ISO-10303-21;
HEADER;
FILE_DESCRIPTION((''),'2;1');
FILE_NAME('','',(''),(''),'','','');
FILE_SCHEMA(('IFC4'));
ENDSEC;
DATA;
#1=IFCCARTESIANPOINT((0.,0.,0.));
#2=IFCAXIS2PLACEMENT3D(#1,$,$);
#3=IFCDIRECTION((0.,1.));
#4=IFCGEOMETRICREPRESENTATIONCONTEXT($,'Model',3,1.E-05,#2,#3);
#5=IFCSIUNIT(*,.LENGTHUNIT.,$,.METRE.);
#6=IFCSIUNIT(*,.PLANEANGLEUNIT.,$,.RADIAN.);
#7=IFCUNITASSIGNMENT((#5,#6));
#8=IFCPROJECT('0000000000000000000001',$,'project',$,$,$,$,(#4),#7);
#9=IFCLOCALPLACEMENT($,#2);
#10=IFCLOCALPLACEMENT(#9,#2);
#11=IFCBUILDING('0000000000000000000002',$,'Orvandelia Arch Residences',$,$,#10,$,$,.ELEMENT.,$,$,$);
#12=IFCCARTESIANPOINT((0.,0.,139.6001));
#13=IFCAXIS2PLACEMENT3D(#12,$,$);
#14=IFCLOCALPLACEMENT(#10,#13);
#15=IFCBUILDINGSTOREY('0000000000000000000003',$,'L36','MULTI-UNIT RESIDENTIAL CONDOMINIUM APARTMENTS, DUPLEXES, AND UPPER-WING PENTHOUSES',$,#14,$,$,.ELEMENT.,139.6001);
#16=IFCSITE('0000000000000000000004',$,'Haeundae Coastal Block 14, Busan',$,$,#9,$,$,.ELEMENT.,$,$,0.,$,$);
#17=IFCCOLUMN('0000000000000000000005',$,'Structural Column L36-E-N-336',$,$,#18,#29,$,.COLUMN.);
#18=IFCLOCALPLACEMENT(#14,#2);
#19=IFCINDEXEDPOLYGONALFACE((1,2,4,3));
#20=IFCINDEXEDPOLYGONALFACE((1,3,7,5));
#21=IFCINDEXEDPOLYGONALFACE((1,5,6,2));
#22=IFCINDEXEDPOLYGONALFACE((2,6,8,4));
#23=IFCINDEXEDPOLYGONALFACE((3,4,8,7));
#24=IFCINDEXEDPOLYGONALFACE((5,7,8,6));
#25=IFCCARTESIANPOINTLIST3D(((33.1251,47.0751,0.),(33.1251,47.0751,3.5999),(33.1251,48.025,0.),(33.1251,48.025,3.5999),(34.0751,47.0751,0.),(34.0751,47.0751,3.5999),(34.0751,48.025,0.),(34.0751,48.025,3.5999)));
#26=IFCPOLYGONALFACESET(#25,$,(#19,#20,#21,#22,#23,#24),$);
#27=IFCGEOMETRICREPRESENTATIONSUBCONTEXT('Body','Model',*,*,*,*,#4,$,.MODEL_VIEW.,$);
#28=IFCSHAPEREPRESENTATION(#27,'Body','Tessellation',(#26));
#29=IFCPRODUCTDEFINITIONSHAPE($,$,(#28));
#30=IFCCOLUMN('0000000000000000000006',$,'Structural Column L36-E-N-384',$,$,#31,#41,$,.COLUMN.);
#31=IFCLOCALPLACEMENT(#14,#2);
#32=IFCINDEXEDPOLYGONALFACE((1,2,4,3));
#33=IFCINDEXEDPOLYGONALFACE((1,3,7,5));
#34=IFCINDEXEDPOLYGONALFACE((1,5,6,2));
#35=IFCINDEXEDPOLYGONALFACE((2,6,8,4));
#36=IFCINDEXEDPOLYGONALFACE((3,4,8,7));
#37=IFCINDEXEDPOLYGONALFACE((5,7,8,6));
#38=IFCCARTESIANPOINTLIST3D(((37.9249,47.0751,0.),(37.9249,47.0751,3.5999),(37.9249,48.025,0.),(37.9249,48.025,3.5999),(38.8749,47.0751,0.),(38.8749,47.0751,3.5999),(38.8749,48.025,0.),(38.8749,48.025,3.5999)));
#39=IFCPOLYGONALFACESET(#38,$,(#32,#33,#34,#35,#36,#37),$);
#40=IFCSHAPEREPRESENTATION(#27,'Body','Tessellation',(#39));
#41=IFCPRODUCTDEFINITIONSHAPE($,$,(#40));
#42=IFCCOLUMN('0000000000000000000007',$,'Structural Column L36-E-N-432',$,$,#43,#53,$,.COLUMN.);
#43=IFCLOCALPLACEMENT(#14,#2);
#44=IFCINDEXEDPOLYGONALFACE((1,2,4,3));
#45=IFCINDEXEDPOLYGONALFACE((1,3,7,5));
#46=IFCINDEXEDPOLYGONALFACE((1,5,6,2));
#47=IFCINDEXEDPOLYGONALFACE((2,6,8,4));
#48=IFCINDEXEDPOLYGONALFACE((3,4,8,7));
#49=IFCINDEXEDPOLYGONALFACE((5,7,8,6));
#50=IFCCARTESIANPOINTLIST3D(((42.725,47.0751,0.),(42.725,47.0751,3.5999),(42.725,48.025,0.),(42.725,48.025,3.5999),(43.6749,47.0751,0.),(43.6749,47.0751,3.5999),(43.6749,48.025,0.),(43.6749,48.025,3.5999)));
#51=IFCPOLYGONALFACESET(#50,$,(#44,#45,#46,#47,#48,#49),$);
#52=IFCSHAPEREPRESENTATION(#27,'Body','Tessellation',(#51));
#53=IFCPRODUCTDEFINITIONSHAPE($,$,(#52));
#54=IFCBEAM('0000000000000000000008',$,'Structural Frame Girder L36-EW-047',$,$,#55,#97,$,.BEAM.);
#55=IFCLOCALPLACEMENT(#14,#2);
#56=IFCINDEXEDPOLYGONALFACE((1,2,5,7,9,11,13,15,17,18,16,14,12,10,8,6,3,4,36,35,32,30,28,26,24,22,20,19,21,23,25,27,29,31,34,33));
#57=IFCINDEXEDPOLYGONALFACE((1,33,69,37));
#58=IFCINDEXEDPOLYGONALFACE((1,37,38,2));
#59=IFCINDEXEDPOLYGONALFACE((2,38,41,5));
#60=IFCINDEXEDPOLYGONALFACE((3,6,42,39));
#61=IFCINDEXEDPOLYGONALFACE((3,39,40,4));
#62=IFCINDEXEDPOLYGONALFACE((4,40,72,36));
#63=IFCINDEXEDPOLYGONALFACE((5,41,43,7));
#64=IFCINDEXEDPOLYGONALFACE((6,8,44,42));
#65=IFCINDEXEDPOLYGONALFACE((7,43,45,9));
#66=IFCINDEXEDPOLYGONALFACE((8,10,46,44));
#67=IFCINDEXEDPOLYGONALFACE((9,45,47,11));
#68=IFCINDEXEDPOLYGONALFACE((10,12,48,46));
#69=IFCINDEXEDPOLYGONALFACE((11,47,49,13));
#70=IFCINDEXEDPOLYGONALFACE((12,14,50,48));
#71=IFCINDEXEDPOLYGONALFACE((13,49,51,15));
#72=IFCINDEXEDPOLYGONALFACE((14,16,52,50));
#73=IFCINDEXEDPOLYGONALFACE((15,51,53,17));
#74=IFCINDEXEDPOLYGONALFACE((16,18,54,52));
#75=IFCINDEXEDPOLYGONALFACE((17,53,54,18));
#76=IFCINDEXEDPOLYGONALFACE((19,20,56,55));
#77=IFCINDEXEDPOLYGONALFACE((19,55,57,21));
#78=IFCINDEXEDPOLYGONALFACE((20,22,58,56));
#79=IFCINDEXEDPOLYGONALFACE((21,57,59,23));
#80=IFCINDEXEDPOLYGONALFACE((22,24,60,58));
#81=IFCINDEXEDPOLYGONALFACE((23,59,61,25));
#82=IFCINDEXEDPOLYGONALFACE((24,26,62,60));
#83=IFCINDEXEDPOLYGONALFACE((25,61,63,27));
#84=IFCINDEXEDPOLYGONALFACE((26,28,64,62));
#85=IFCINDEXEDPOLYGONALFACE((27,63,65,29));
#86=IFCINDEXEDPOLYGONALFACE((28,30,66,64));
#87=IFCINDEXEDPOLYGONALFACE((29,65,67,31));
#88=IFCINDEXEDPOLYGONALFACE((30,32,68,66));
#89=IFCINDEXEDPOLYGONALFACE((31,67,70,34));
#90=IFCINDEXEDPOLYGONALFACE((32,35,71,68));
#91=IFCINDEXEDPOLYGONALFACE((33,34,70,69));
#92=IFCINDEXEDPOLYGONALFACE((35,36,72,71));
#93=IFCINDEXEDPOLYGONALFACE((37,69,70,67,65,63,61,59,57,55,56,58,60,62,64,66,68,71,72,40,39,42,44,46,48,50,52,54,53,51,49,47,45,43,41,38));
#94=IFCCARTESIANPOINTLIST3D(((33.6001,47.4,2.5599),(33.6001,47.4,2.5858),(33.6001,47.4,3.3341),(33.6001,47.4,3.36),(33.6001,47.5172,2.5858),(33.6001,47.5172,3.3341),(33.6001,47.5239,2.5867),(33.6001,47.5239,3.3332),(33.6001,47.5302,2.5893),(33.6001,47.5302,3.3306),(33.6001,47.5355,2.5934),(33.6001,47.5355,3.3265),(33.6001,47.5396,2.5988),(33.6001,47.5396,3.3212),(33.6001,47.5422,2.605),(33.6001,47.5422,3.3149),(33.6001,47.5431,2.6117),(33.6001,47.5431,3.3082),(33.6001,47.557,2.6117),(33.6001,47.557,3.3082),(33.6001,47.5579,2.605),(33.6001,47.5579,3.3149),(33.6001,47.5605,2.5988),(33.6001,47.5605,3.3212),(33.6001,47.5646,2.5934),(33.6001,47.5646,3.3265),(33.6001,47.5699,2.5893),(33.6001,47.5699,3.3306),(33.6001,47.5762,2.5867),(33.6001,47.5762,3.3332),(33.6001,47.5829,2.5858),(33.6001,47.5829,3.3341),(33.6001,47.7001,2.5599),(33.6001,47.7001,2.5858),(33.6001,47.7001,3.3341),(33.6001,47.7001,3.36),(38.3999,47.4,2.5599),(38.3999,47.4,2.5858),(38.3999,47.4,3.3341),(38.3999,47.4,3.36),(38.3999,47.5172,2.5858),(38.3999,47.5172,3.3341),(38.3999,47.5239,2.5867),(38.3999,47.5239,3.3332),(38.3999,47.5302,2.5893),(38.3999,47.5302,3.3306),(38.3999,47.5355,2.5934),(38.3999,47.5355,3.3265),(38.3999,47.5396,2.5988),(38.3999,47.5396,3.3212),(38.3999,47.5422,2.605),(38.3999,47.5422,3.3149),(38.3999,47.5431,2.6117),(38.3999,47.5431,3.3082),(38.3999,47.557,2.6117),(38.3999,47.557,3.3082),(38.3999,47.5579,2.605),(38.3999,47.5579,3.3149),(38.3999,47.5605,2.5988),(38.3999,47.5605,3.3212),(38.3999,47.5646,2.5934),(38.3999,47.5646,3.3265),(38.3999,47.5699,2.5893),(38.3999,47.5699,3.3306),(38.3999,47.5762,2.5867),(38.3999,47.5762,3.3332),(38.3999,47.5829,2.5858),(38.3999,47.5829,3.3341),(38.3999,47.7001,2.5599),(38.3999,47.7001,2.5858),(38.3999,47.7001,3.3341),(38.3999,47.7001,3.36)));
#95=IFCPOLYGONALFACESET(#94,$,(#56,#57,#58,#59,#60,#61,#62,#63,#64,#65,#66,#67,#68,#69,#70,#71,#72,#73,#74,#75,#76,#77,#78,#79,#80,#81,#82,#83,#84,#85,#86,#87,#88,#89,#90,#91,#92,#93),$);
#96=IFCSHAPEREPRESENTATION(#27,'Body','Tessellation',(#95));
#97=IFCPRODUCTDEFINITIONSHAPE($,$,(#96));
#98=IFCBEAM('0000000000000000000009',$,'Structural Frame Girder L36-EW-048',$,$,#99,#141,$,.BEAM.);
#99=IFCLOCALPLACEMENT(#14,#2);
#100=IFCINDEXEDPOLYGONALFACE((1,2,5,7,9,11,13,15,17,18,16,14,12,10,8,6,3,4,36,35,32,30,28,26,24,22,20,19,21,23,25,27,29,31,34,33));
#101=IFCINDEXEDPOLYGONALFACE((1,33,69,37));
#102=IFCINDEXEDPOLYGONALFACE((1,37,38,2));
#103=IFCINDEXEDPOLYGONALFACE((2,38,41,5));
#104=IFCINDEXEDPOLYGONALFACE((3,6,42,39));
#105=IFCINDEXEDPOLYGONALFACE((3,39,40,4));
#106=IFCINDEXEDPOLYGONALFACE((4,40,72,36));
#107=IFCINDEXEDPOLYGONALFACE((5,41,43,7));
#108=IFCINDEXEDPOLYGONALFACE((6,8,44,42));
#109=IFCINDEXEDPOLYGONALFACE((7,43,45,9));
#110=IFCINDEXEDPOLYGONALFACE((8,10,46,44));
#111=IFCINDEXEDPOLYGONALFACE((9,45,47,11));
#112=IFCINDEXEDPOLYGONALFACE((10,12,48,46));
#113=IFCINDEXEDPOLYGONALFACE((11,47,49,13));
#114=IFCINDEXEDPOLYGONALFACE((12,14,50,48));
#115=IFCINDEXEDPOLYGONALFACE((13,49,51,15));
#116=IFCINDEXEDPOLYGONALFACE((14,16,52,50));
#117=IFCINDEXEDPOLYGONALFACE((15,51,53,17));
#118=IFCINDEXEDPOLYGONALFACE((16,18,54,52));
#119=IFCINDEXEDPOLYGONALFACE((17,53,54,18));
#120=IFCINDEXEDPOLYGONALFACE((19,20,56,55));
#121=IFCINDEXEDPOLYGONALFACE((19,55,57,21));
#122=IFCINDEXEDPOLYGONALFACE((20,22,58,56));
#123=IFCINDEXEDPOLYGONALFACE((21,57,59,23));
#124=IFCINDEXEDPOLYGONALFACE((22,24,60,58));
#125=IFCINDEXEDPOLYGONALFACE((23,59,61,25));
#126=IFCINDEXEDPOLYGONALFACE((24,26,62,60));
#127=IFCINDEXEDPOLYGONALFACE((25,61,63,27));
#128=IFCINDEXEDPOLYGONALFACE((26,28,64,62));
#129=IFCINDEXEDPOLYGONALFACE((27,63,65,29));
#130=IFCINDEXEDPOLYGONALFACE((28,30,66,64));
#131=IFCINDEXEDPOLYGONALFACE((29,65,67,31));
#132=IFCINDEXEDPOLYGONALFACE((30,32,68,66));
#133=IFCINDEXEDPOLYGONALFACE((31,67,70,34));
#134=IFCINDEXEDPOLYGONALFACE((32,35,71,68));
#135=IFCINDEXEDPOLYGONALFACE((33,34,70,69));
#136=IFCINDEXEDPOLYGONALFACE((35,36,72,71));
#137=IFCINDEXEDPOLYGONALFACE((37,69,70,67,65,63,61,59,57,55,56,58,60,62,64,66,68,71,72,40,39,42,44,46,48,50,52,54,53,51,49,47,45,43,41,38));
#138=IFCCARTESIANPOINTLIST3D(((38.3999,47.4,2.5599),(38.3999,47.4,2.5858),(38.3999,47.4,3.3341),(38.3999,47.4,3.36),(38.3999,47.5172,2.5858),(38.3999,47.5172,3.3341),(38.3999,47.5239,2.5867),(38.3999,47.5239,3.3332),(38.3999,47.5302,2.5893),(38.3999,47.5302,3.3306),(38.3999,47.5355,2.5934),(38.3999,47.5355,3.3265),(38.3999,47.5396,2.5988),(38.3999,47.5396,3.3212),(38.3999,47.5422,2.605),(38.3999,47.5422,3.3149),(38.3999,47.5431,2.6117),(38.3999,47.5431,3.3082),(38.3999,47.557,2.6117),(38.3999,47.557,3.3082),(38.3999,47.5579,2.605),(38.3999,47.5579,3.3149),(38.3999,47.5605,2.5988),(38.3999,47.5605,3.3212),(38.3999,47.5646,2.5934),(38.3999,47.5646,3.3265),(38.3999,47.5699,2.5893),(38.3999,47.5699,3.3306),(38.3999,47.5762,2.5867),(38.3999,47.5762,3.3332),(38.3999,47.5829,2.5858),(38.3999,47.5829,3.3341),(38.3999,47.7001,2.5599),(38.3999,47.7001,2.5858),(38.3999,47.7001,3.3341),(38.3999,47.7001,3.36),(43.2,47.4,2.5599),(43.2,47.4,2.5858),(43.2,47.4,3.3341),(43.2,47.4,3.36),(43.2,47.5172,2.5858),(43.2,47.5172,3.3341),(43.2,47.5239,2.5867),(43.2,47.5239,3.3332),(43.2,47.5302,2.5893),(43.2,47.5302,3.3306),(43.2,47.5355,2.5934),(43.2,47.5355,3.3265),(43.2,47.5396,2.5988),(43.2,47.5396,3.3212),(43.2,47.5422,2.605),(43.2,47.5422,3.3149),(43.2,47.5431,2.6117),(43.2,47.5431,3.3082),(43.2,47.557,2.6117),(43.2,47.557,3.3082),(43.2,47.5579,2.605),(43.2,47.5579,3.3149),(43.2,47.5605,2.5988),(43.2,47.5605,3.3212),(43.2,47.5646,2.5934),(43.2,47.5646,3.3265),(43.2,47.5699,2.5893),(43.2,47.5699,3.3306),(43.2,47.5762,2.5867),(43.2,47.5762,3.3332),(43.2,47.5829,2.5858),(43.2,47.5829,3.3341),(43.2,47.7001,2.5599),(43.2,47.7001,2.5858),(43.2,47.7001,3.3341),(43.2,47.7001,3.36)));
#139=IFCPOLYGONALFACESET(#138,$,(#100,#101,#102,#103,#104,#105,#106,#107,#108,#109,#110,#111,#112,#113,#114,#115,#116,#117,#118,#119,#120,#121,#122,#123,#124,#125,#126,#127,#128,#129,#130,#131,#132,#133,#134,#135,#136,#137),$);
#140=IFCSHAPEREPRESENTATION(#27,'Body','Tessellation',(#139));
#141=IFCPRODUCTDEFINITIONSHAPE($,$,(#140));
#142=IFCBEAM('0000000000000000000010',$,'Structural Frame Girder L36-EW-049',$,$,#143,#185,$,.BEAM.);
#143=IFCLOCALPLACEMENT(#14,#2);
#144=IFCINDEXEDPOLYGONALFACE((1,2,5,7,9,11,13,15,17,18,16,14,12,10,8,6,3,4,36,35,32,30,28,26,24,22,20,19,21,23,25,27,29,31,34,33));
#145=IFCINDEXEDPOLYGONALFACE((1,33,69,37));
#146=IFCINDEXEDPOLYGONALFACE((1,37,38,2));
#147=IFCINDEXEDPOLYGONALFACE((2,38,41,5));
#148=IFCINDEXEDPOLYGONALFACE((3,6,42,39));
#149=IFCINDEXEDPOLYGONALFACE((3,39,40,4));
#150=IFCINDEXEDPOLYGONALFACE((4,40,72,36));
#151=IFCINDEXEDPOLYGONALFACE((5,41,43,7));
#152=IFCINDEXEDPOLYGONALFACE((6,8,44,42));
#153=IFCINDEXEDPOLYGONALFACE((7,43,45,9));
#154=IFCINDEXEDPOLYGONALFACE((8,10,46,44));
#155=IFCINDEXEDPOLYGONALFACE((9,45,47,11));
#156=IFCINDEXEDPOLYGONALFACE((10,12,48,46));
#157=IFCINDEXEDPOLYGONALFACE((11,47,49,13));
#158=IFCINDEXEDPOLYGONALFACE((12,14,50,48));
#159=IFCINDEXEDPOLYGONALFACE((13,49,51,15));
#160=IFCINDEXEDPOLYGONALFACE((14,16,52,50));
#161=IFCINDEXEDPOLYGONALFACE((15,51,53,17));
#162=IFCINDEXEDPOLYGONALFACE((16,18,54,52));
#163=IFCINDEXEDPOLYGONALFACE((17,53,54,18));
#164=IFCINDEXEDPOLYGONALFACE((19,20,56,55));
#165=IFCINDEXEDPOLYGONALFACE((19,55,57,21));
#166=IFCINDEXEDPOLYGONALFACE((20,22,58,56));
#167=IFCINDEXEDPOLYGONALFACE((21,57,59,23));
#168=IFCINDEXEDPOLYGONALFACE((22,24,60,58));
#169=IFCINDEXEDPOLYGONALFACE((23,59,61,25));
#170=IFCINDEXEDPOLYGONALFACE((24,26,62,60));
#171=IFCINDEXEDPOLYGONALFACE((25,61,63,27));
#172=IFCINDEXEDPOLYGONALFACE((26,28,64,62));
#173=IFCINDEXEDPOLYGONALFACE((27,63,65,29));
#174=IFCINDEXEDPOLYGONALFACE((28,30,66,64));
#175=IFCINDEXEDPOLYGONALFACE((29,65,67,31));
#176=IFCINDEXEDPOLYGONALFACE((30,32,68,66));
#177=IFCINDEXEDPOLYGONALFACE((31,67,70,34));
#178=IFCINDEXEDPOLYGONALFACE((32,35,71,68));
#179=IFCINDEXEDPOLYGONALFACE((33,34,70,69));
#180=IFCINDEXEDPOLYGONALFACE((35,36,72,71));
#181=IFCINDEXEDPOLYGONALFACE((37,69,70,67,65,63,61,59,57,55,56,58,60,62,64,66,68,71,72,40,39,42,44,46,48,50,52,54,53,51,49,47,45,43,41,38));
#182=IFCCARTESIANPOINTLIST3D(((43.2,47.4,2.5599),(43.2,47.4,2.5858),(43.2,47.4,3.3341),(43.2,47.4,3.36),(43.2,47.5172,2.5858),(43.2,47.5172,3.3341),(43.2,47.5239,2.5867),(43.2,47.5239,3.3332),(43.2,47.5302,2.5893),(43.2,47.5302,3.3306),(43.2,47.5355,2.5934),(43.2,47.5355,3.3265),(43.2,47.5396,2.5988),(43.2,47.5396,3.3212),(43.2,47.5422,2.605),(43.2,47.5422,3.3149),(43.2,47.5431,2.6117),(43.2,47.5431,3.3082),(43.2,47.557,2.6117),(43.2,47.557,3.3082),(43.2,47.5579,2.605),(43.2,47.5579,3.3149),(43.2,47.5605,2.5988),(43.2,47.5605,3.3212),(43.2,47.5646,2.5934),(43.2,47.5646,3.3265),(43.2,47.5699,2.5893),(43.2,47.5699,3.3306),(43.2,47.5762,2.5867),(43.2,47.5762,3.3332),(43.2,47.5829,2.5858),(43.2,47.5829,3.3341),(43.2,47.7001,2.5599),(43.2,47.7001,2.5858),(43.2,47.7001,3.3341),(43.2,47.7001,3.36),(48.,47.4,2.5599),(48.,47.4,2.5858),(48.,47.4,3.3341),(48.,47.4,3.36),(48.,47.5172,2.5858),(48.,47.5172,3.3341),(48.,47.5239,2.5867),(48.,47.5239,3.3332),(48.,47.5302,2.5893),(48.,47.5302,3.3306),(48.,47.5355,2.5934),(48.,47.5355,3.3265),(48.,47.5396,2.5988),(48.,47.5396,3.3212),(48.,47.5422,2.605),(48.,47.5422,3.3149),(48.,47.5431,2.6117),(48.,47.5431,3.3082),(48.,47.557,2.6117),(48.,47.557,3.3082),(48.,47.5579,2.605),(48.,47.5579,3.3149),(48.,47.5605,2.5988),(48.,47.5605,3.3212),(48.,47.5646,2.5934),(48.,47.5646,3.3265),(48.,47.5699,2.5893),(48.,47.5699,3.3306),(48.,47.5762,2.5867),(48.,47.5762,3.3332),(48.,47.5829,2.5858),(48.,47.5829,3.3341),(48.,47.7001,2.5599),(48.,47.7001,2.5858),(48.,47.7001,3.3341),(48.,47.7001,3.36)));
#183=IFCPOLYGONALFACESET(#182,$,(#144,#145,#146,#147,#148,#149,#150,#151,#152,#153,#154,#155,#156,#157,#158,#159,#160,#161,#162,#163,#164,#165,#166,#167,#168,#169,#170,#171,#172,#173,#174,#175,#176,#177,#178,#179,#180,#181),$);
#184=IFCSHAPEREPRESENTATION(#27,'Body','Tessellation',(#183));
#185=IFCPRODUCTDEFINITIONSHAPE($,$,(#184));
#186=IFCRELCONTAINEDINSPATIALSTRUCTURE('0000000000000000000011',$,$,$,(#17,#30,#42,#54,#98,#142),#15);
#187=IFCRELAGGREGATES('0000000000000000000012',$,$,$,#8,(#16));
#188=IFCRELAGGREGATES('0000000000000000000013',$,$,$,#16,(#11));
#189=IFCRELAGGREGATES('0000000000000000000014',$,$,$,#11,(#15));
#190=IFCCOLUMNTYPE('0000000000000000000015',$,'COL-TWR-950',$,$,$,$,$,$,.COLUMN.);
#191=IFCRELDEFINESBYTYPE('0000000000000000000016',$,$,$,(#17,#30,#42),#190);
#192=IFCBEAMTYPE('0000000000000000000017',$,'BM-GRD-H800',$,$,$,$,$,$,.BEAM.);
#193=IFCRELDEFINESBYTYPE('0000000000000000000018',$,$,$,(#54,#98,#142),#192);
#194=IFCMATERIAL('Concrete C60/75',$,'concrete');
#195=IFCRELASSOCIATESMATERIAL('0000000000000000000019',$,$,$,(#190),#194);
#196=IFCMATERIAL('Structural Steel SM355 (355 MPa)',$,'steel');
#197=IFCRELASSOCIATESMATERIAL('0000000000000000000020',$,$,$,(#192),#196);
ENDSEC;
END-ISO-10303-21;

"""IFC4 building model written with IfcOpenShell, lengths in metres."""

from ifc_helpers import new_model, si_unit, direction, frame, origin, origin_2d, place, context, subcontext, project, spatial, rectangle, i_section, extrude, material, material_profile, profile_set, type_object, element, save


model = new_model("IFC4")

# Units and contexts
model_context = context("Model", 3, precision=1e-05, world=origin(), true_north=direction((0.0, 1.0)))
body_context = subcontext(model_context, "Body", "Model", "MODEL_VIEW")
ifc_project = project(units=[si_unit("LENGTHUNIT", "METRE"), si_unit("PLANEANGLEUNIT", "RADIAN")], contexts=[model_context])

# Site, building, storey
site_placement = place(None, origin())
site = spatial("IfcSite", under=ifc_project, at=site_placement, Name="Haeundae Coastal Block 14, Busan", CompositionType="ELEMENT", RefElevation=0.0)
building_placement = place(site_placement, origin())
building = spatial("IfcBuilding", under=site, at=building_placement, Name="Orvandelia Arch Residences", CompositionType="ELEMENT")
storey_placement = place(building_placement, frame((0.0, 0.0, 139.6001)))
storey = spatial("IfcBuildingStorey", under=building, at=storey_placement, Name="L36", Description="MULTI-UNIT RESIDENTIAL CONDOMINIUM APARTMENTS, DUPLEXES, AND UPPER-WING PENTHOUSES", CompositionType="ELEMENT", Elevation=139.6001)

# Columns
ifc_material_1 = material(Name="Concrete C60/75", Category="concrete")
ifc_material_profile_1 = material_profile(ifc_material_1, rectangle(XDim=0.95, YDim=0.95, at=origin_2d()), Name="Concrete C60/75", Category="concrete")
ifc_profile_set_1 = profile_set([ifc_material_profile_1], Name="Concrete C60/75")
column_type = type_object("IfcColumnType", Name="COL-TWR-950", PredefinedType="COLUMN", material=ifc_profile_set_1)
for number, where, z_axis, x_axis, name in (
    (1, (33.6001, 47.55, 0.0), (0.0, 0.0, 1.0), (1.0, 0.0, 0.0), "Structural Column L36-E-N-336"),
    (2, (38.3999, 47.55, 0.0), (0.0, 0.0, 1.0), (1.0, 0.0, 0.0), "Structural Column L36-E-N-384"),
    (3, (43.2, 47.55, 0.0), (0.0, 0.0, 1.0), (1.0, 0.0, 0.0), "Structural Column L36-E-N-432"),
):
    element("IfcColumn", number, at=place(storey_placement, frame(where, z_axis=z_axis, x_axis=x_axis)), inside=storey, type_object=column_type, Name=name, PredefinedType="COLUMN", context=body_context, shape_type="SweptSolid", body=[
        extrude(rectangle(XDim=0.95, YDim=0.95, at=origin_2d()), origin(), (0.0, 0.0, 1.0), 3.5999),
    ])

# Beams
ifc_material_2 = material(Name="Structural Steel SM355 (355 MPa)", Category="steel")
ifc_material_profile_2 = material_profile(ifc_material_2, i_section(OverallWidth=0.3, OverallDepth=0.8, WebThickness=0.0139, FlangeThickness=0.0259, FilletRadius=0.0259, at=origin_2d()), Name="Structural Steel SM355 (355 MPa)", Category="steel")
ifc_profile_set_2 = profile_set([ifc_material_profile_2], Name="Structural Steel SM355 (355 MPa)")
beam_type = type_object("IfcBeamType", Name="BM-GRD-H800", PredefinedType="BEAM", material=ifc_profile_set_2)
beam_placement = place(storey_placement, frame((33.6001, 47.55, 2.96), z_axis=(1.0, 0.0, 0.0), x_axis=(0.0, 1.0, 0.0)))
element("IfcBeam", 4, at=beam_placement, inside=storey, type_object=beam_type, Name="Structural Frame Girder L36-EW-047", PredefinedType="BEAM", context=body_context, shape_type="SweptSolid", body=[
    extrude(i_section(OverallWidth=0.3, OverallDepth=0.8, WebThickness=0.0139, FlangeThickness=0.0259, FilletRadius=0.0259, at=origin_2d()), origin(), (0.0, 0.0, 1.0), 4.7998),
])
for number, where, z_axis, x_axis, name in (
    (5, (38.3999, 47.55, 2.96), (1.0, 0.0, 0.0), (0.0, 1.0, 0.0), "Structural Frame Girder L36-EW-048"),
    (6, (43.2, 47.55, 2.96), (1.0, 0.0, 0.0), (0.0, 1.0, 0.0), "Structural Frame Girder L36-EW-049"),
):
    element("IfcBeam", number, at=place(storey_placement, frame(where, z_axis=z_axis, x_axis=x_axis)), inside=storey, type_object=beam_type, Name=name, PredefinedType="BEAM", context=body_context, shape_type="SweptSolid", body=[
        extrude(i_section(OverallWidth=0.3, OverallDepth=0.8, WebThickness=0.0139, FlangeThickness=0.0259, FilletRadius=0.0259, at=origin_2d()), origin(), (0.0, 0.0, 1.0), 4.8),
    ])

save(model, "model.ifc")
